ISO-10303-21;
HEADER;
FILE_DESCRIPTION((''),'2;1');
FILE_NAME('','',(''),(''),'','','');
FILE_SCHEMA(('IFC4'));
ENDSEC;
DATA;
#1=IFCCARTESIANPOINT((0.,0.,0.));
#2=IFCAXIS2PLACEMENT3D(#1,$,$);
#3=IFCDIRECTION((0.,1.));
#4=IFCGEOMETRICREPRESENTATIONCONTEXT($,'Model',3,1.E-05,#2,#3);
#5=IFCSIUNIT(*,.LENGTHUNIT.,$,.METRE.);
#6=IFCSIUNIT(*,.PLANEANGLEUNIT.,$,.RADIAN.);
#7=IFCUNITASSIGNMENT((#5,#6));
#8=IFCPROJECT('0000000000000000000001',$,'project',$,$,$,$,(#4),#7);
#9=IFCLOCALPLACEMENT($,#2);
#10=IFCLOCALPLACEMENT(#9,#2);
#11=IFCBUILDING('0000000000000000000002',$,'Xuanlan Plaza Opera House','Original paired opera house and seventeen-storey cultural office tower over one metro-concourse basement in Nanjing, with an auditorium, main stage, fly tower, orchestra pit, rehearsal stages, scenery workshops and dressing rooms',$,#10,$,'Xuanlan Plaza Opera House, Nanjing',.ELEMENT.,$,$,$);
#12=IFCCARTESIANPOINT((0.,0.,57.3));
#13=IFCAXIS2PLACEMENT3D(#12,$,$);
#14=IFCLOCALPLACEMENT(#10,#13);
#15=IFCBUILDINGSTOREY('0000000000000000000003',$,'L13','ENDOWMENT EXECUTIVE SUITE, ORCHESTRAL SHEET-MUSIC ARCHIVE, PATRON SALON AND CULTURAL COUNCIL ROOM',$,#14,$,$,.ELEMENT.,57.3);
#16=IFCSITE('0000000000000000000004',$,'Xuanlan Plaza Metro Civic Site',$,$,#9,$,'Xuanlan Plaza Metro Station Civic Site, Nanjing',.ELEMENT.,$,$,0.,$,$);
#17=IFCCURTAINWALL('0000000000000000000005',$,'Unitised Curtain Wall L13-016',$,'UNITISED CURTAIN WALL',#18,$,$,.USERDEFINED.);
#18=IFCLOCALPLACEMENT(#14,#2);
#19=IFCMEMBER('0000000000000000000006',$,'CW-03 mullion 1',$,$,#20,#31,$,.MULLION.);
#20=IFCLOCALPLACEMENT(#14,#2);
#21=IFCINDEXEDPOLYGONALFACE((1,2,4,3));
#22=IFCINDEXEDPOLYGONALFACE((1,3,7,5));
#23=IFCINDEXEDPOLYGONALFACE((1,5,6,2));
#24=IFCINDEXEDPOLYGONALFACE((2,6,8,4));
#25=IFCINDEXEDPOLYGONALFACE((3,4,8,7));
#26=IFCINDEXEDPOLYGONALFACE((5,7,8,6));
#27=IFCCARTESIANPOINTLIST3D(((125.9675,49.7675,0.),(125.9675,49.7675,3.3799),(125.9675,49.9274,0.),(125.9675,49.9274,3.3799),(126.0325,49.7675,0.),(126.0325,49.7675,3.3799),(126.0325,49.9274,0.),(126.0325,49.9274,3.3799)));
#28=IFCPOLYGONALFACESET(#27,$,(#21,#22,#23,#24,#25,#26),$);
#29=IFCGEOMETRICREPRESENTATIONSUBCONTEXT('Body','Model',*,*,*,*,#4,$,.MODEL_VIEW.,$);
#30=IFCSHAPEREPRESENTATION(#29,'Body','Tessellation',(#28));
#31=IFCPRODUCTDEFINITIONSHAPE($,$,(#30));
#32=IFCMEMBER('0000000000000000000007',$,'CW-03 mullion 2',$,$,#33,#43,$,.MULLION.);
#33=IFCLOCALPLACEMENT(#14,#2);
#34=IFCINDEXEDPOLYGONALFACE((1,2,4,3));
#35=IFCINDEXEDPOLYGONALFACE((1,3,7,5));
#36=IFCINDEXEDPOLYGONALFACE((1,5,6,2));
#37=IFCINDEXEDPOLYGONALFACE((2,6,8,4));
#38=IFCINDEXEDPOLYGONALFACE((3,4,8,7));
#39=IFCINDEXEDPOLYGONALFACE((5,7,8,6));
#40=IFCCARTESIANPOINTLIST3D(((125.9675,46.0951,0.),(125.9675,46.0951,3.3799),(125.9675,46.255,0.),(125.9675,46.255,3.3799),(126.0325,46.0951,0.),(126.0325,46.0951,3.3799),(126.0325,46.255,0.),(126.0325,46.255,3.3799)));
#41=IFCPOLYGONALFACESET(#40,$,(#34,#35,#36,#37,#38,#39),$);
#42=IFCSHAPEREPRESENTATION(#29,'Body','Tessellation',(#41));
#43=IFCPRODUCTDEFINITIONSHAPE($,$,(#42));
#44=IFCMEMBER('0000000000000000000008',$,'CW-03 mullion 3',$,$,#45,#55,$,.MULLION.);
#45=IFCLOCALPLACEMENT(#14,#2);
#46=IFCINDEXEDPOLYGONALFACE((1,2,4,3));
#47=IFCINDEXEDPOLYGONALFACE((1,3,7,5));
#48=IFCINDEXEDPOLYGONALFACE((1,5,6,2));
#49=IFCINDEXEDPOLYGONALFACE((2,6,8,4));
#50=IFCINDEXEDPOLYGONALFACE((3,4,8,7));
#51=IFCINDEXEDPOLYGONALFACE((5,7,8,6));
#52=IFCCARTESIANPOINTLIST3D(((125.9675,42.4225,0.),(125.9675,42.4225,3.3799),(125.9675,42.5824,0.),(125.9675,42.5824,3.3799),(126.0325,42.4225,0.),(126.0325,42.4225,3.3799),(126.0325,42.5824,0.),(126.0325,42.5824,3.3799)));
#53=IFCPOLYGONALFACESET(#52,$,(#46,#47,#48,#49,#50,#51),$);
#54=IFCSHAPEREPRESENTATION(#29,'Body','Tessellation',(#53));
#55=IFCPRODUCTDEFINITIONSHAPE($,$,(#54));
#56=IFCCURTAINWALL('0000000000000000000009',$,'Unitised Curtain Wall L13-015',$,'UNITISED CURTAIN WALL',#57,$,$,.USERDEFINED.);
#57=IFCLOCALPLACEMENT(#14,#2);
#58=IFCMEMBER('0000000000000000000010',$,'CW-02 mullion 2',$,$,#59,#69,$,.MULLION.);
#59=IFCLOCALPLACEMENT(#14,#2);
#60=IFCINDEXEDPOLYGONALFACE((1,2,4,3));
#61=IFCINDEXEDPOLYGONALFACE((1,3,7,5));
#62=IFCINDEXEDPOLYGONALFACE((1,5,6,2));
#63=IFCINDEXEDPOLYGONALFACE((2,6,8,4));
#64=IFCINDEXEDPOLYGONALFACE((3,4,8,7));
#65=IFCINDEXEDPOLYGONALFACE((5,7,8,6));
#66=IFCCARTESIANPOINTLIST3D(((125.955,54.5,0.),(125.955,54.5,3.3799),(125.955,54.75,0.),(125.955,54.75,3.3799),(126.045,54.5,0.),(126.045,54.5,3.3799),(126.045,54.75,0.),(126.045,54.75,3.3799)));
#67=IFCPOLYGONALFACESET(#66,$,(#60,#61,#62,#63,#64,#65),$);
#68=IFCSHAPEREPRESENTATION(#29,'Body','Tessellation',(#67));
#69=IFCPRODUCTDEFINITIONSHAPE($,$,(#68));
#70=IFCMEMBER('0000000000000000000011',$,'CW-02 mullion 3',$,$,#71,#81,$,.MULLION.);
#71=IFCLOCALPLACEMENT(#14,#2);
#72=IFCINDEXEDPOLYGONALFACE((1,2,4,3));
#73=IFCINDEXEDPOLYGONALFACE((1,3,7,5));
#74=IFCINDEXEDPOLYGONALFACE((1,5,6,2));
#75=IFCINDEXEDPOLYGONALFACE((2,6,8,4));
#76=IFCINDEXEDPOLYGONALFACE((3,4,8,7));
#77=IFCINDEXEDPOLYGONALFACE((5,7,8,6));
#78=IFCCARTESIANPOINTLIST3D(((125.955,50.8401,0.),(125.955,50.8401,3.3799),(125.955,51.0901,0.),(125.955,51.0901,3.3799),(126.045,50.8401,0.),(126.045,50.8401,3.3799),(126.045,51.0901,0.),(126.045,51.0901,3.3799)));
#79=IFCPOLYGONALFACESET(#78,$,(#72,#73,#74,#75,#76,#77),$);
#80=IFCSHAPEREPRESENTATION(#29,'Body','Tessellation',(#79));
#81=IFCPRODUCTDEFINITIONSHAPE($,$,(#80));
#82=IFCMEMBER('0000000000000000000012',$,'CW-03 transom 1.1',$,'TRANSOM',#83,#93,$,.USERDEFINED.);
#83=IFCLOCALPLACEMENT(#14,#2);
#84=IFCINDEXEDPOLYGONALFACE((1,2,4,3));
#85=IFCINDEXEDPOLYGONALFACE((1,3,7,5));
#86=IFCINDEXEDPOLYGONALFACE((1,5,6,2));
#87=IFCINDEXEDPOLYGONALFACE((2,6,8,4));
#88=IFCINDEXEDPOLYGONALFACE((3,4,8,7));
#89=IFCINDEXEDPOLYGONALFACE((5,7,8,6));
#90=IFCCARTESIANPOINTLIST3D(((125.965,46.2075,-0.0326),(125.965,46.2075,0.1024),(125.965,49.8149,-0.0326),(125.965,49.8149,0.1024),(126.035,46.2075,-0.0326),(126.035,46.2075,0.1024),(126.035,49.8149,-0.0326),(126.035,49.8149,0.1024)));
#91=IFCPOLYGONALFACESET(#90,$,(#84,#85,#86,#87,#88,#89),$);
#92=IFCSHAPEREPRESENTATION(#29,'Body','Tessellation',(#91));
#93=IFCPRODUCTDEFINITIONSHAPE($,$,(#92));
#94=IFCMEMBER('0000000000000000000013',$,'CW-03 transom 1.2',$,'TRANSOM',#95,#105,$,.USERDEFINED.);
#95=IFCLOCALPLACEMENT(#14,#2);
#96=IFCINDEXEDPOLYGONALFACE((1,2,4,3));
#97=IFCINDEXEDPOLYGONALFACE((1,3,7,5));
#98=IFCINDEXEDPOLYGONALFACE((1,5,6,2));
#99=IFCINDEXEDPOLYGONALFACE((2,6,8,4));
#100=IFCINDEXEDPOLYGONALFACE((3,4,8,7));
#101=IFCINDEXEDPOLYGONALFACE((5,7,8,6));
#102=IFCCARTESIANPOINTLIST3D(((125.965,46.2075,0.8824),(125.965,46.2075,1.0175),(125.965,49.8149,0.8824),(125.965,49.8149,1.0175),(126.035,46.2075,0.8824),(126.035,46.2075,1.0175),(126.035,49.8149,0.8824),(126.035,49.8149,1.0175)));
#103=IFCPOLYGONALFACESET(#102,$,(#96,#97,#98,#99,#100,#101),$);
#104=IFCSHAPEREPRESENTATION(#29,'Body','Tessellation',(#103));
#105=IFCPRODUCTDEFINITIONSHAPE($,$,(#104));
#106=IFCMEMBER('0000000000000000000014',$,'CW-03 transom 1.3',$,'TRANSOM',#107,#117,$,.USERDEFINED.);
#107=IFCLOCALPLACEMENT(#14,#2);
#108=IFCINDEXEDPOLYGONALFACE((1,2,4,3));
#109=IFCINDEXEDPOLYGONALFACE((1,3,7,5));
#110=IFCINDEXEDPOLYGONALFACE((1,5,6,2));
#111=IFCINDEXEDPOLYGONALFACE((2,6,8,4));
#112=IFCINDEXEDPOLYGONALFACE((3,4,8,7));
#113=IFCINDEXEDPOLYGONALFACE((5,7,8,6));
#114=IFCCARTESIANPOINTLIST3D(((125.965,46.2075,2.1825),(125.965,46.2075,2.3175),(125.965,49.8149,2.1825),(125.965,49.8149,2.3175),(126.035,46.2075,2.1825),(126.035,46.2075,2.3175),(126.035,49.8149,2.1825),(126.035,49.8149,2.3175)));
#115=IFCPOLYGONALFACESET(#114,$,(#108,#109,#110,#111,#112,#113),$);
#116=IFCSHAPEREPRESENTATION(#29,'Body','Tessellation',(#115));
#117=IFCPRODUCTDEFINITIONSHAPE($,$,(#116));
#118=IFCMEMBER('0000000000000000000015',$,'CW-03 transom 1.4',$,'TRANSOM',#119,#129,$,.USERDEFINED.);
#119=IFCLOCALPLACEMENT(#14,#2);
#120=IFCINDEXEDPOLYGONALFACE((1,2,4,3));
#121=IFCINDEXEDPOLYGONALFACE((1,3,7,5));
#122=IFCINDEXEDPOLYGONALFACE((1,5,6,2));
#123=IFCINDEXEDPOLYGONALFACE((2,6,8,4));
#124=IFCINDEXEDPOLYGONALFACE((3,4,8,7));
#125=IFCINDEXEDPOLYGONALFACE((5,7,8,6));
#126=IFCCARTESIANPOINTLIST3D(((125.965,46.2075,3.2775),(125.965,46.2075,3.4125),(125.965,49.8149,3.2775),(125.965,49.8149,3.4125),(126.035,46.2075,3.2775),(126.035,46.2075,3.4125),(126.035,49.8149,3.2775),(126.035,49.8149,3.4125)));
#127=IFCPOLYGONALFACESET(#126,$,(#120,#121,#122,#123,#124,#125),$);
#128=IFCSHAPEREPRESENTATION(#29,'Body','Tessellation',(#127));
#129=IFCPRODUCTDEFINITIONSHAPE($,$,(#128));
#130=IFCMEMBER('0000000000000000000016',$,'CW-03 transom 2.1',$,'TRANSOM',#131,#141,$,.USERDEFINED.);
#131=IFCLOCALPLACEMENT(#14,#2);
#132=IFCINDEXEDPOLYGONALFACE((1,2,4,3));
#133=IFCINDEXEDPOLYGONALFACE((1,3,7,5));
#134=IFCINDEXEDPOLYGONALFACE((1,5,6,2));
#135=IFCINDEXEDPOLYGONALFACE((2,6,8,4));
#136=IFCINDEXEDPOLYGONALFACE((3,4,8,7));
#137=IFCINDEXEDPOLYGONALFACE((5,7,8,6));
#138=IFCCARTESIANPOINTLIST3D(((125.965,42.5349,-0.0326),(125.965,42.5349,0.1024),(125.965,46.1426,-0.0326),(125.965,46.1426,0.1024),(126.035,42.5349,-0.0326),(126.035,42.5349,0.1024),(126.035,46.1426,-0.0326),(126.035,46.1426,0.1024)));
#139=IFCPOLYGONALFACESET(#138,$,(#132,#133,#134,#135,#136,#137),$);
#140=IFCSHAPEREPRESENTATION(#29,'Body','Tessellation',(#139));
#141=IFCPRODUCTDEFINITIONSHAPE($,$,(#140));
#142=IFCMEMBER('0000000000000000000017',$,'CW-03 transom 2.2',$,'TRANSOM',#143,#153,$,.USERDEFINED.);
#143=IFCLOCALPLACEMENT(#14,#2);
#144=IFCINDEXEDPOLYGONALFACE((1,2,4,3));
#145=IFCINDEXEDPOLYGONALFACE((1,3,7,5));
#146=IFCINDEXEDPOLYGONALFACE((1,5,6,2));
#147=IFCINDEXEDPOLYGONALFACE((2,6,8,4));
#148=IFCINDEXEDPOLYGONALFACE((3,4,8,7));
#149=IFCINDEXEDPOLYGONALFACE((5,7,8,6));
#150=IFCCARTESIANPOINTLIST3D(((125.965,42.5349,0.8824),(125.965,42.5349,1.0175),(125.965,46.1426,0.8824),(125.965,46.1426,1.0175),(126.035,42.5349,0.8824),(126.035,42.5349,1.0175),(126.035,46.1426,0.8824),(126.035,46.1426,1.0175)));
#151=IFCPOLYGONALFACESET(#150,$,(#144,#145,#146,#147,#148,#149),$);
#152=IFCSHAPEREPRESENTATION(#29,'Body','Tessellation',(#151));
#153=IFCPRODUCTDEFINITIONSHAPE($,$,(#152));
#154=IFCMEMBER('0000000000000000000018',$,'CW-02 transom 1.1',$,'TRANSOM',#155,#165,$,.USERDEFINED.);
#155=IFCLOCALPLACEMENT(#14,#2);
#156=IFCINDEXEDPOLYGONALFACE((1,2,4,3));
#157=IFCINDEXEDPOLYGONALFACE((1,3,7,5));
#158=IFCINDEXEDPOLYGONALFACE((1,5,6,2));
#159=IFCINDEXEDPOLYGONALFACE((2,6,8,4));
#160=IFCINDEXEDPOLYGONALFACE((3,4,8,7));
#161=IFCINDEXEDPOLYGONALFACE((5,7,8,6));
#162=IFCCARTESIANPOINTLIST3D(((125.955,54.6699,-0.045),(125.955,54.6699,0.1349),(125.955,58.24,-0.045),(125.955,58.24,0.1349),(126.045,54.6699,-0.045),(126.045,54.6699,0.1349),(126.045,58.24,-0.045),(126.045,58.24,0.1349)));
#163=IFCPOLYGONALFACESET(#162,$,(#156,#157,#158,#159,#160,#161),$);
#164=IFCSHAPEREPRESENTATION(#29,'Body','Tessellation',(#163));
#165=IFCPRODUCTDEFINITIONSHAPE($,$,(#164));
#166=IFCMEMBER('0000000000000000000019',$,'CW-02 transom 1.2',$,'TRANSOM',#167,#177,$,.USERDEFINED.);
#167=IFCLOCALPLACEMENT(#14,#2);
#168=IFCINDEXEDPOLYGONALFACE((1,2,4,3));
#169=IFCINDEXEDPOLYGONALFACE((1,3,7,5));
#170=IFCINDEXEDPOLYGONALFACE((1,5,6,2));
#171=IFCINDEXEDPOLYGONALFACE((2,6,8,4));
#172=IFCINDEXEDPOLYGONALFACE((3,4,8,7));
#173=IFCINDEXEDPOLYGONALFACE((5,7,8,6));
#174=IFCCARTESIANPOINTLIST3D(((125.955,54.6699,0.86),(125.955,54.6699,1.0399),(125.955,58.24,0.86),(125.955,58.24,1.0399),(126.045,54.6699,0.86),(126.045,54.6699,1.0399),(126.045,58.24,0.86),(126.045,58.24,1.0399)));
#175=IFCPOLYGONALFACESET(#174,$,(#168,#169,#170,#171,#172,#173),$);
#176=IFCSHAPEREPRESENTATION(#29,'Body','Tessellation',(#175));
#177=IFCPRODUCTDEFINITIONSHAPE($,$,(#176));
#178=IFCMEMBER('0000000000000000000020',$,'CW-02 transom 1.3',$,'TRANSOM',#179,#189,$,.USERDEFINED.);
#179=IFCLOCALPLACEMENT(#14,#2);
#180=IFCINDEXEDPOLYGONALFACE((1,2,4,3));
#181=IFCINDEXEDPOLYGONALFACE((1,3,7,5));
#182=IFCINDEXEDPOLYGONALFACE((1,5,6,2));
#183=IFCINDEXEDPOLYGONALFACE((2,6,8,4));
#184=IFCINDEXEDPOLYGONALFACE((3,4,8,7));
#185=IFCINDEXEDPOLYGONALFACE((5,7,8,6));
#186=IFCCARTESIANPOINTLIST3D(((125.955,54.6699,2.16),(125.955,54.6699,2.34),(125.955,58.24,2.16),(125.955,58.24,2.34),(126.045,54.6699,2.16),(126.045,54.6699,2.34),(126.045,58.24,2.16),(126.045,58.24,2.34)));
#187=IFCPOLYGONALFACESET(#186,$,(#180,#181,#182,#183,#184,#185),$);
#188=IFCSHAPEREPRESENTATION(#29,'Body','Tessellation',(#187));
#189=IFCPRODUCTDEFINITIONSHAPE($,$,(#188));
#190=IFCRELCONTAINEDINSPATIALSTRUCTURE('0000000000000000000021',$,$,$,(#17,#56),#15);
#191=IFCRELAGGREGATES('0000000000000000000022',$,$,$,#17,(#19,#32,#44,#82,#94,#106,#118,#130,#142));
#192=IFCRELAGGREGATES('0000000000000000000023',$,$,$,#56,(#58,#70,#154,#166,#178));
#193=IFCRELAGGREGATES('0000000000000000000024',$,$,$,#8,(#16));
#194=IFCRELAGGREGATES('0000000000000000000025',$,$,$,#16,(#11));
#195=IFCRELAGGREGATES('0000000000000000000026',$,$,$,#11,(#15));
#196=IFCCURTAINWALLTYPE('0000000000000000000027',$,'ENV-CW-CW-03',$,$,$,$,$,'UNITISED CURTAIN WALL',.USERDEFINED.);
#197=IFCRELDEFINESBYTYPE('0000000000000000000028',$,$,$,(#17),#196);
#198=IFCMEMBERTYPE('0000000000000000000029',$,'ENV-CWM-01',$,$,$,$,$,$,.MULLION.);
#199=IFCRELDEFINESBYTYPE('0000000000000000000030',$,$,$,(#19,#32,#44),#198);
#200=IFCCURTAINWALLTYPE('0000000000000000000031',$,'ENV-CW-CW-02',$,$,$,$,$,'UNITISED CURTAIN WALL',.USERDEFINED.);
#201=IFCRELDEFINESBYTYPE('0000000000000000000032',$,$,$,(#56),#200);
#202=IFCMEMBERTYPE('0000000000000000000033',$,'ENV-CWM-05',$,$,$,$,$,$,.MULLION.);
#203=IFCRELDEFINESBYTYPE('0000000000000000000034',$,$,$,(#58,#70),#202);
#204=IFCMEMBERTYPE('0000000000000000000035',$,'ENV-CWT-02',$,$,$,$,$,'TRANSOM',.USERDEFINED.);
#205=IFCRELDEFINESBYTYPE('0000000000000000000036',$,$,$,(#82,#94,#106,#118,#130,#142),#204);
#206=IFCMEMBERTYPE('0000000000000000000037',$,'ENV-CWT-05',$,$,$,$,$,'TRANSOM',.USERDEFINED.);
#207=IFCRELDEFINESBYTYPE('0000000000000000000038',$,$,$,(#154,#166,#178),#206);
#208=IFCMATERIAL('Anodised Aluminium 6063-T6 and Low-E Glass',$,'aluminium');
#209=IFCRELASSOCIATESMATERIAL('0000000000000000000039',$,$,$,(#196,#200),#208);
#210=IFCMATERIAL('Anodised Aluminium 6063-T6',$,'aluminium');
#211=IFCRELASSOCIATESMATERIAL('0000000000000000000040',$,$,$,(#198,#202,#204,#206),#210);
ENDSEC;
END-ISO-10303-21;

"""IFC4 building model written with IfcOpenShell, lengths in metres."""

from ifc_helpers import new_model, si_unit, direction, frame, origin, origin_2d, place, context, subcontext, project, spatial, rectangle, extrude, material, material_profile, profile_set, type_object, element, aggregate, save


model = new_model("IFC4")

# Units and contexts
model_context = context("Model", 3, precision=1e-05, world=origin(), true_north=direction((0.0, 1.0)))
body_context = subcontext(model_context, "Body", "Model", "MODEL_VIEW")
ifc_project = project(units=[si_unit("LENGTHUNIT", "METRE"), si_unit("PLANEANGLEUNIT", "RADIAN")], contexts=[model_context])

# Site, building, storey
site_placement = place(None, origin())
site = spatial("IfcSite", under=ifc_project, at=site_placement, Name="Xuanlan Plaza Metro Civic Site", LongName="Xuanlan Plaza Metro Station Civic Site, Nanjing", CompositionType="ELEMENT", RefElevation=0.0)
building_placement = place(site_placement, origin())
building = spatial("IfcBuilding", under=site, at=building_placement, Name="Xuanlan Plaza Opera House", Description="Original paired opera house and seventeen-storey cultural office tower over one metro-concourse basement in Nanjing, with an auditorium, main stage, fly tower, orchestra pit, rehearsal stages, scenery workshops and dressing rooms", LongName="Xuanlan Plaza Opera House, Nanjing", CompositionType="ELEMENT")
storey_placement = place(building_placement, frame((0.0, 0.0, 57.3)))
storey = spatial("IfcBuildingStorey", under=building, at=storey_placement, Name="L13", Description="ENDOWMENT EXECUTIVE SUITE, ORCHESTRAL SHEET-MUSIC ARCHIVE, PATRON SALON AND CULTURAL COUNCIL ROOM", CompositionType="ELEMENT", Elevation=57.3)

# Curtain walls, members
ifc_material_1 = material(Name="Anodised Aluminium 6063-T6 and Low-E Glass", Category="aluminium")
curtain_wall_type_1 = type_object("IfcCurtainWallType", Name="ENV-CW-CW-03", ElementType="UNITISED CURTAIN WALL", PredefinedType="USERDEFINED", material=ifc_material_1)
curtain_wall_1_placement = place(storey_placement, origin())
curtain_wall_1 = element("IfcCurtainWall", 1, at=curtain_wall_1_placement, inside=storey, type_object=curtain_wall_type_1, Name="Unitised Curtain Wall L13-016", ObjectType="UNITISED CURTAIN WALL", PredefinedType="USERDEFINED")
ifc_material_2 = material(Name="Anodised Aluminium 6063-T6", Category="aluminium")
ifc_material_profile_1 = material_profile(ifc_material_2, rectangle(XDim=0.0649, YDim=0.1599, at=origin_2d()), Name="ALU-M 65x160")
ifc_profile_set_1 = profile_set([ifc_material_profile_1], Name="Anodised Aluminium 6063-T6")
member_type_1 = type_object("IfcMemberType", Name="ENV-CWM-01", PredefinedType="MULLION", material=ifc_profile_set_1)
member_1_placement = place(storey_placement, frame((126.0, 49.8474, 0.0), z_axis=(0.0, 0.0, 1.0), x_axis=(1.0, 0.0, 0.0)))
member_1 = element("IfcMember", 2, at=member_1_placement, type_object=member_type_1, Name="CW-03 mullion 1", PredefinedType="MULLION", context=body_context, shape_type="SweptSolid", body=[
    extrude(rectangle(XDim=0.0649, YDim=0.1599, at=origin_2d()), origin(), (0.0, 0.0, 1.0), 3.3799),
])
member_2_placement = place(storey_placement, frame((126.0, 46.175, 0.0), z_axis=(0.0, 0.0, 1.0), x_axis=(1.0, 0.0, 0.0)))
member_2 = element("IfcMember", 3, at=member_2_placement, type_object=member_type_1, Name="CW-03 mullion 2", PredefinedType="MULLION", context=body_context, shape_type="SweptSolid", body=[
    extrude(rectangle(XDim=0.0649, YDim=0.1599, at=origin_2d()), origin(), (0.0, 0.0, 1.0), 3.3799),
])
member_3_placement = place(storey_placement, frame((126.0, 42.5024, 0.0), z_axis=(0.0, 0.0, 1.0), x_axis=(1.0, 0.0, 0.0)))
member_3 = element("IfcMember", 4, at=member_3_placement, type_object=member_type_1, Name="CW-03 mullion 3", PredefinedType="MULLION", context=body_context, shape_type="SweptSolid", body=[
    extrude(rectangle(XDim=0.0649, YDim=0.1599, at=origin_2d()), origin(), (0.0, 0.0, 1.0), 3.3799),
])
curtain_wall_type_2 = type_object("IfcCurtainWallType", Name="ENV-CW-CW-02", ElementType="UNITISED CURTAIN WALL", PredefinedType="USERDEFINED", material=ifc_material_1)
curtain_wall_2_placement = place(storey_placement, origin())
curtain_wall_2 = element("IfcCurtainWall", 5, at=curtain_wall_2_placement, inside=storey, type_object=curtain_wall_type_2, Name="Unitised Curtain Wall L13-015", ObjectType="UNITISED CURTAIN WALL", PredefinedType="USERDEFINED")
ifc_material_profile_2 = material_profile(ifc_material_2, rectangle(XDim=0.0901, YDim=0.25, at=origin_2d()), Name="ALU-M 90x250")
ifc_profile_set_2 = profile_set([ifc_material_profile_2], Name="Anodised Aluminium 6063-T6")
member_type_2 = type_object("IfcMemberType", Name="ENV-CWM-05", PredefinedType="MULLION", material=ifc_profile_set_2)
member_4_placement = place(storey_placement, frame((126.0, 54.625, 0.0), z_axis=(0.0, 0.0, 1.0), x_axis=(1.0, 0.0, 0.0)))
member_4 = element("IfcMember", 6, at=member_4_placement, type_object=member_type_2, Name="CW-02 mullion 2", PredefinedType="MULLION", context=body_context, shape_type="SweptSolid", body=[
    extrude(rectangle(XDim=0.0901, YDim=0.25, at=origin_2d()), origin(), (0.0, 0.0, 1.0), 3.3799),
])
member_5_placement = place(storey_placement, frame((126.0, 50.9651, 0.0), z_axis=(0.0, 0.0, 1.0), x_axis=(1.0, 0.0, 0.0)))
member_5 = element("IfcMember", 7, at=member_5_placement, type_object=member_type_2, Name="CW-02 mullion 3", PredefinedType="MULLION", context=body_context, shape_type="SweptSolid", body=[
    extrude(rectangle(XDim=0.0901, YDim=0.25, at=origin_2d()), origin(), (0.0, 0.0, 1.0), 3.3799),
])

# Members
ifc_material_profile_3 = material_profile(ifc_material_2, rectangle(XDim=0.0701, YDim=0.135, at=origin_2d()), Name="ALU-T 70x135")
ifc_profile_set_3 = profile_set([ifc_material_profile_3], Name="Anodised Aluminium 6063-T6")
member_type_3 = type_object("IfcMemberType", Name="ENV-CWT-02", ElementType="TRANSOM", PredefinedType="USERDEFINED", material=ifc_profile_set_3)
member_6_placement = place(storey_placement, frame((126.0, 49.8149, 0.0349), z_axis=(0.0, -1.0, 0.0), x_axis=(1.0, 0.0, 0.0)))
member_6 = element("IfcMember", 8, at=member_6_placement, type_object=member_type_3, Name="CW-03 transom 1.1", ObjectType="TRANSOM", PredefinedType="USERDEFINED", context=body_context, shape_type="SweptSolid", body=[
    extrude(rectangle(XDim=0.0701, YDim=0.135, at=origin_2d()), origin(), (0.0, 0.0, 1.0), 3.6074),
])
member_7_placement = place(storey_placement, frame((126.0, 49.8149, 0.95), z_axis=(0.0, -1.0, 0.0), x_axis=(1.0, 0.0, 0.0)))
member_7 = element("IfcMember", 9, at=member_7_placement, type_object=member_type_3, Name="CW-03 transom 1.2", ObjectType="TRANSOM", PredefinedType="USERDEFINED", context=body_context, shape_type="SweptSolid", body=[
    extrude(rectangle(XDim=0.0701, YDim=0.135, at=origin_2d()), origin(), (0.0, 0.0, 1.0), 3.6074),
])
member_8_placement = place(storey_placement, frame((126.0, 49.8149, 2.25), z_axis=(0.0, -1.0, 0.0), x_axis=(1.0, 0.0, 0.0)))
member_8 = element("IfcMember", 10, at=member_8_placement, type_object=member_type_3, Name="CW-03 transom 1.3", ObjectType="TRANSOM", PredefinedType="USERDEFINED", context=body_context, shape_type="SweptSolid", body=[
    extrude(rectangle(XDim=0.0701, YDim=0.135, at=origin_2d()), origin(), (0.0, 0.0, 1.0), 3.6074),
])
member_9_placement = place(storey_placement, frame((126.0, 49.8149, 3.345), z_axis=(0.0, -1.0, 0.0), x_axis=(1.0, 0.0, 0.0)))
member_9 = element("IfcMember", 11, at=member_9_placement, type_object=member_type_3, Name="CW-03 transom 1.4", ObjectType="TRANSOM", PredefinedType="USERDEFINED", context=body_context, shape_type="SweptSolid", body=[
    extrude(rectangle(XDim=0.0701, YDim=0.135, at=origin_2d()), origin(), (0.0, 0.0, 1.0), 3.6074),
])
member_10_placement = place(storey_placement, frame((126.0, 46.1426, 0.0349), z_axis=(0.0, -1.0, 0.0), x_axis=(1.0, 0.0, 0.0)))
member_10 = element("IfcMember", 12, at=member_10_placement, type_object=member_type_3, Name="CW-03 transom 2.1", ObjectType="TRANSOM", PredefinedType="USERDEFINED", context=body_context, shape_type="SweptSolid", body=[
    extrude(rectangle(XDim=0.0701, YDim=0.135, at=origin_2d()), origin(), (0.0, 0.0, 1.0), 3.6077),
])
member_11_placement = place(storey_placement, frame((126.0, 46.1426, 0.95), z_axis=(0.0, -1.0, 0.0), x_axis=(1.0, 0.0, 0.0)))
member_11 = element("IfcMember", 13, at=member_11_placement, type_object=member_type_3, Name="CW-03 transom 2.2", ObjectType="TRANSOM", PredefinedType="USERDEFINED", context=body_context, shape_type="SweptSolid", body=[
    extrude(rectangle(XDim=0.0701, YDim=0.135, at=origin_2d()), origin(), (0.0, 0.0, 1.0), 3.6077),
])
ifc_material_profile_4 = material_profile(ifc_material_2, rectangle(XDim=0.0901, YDim=0.1799, at=origin_2d()), Name="ALU-T 90x180")
ifc_profile_set_4 = profile_set([ifc_material_profile_4], Name="Anodised Aluminium 6063-T6")
member_type_4 = type_object("IfcMemberType", Name="ENV-CWT-05", ElementType="TRANSOM", PredefinedType="USERDEFINED", material=ifc_profile_set_4)
member_12_placement = place(storey_placement, frame((126.0, 58.24, 0.0449), z_axis=(0.0, -1.0, 0.0), x_axis=(1.0, 0.0, 0.0)))
member_12 = element("IfcMember", 14, at=member_12_placement, type_object=member_type_4, Name="CW-02 transom 1.1", ObjectType="TRANSOM", PredefinedType="USERDEFINED", context=body_context, shape_type="SweptSolid", body=[
    extrude(rectangle(XDim=0.0901, YDim=0.1799, at=origin_2d()), origin(), (0.0, 0.0, 1.0), 3.5701),
])
member_13_placement = place(storey_placement, frame((126.0, 58.24, 0.95), z_axis=(0.0, -1.0, 0.0), x_axis=(1.0, 0.0, 0.0)))
member_13 = element("IfcMember", 15, at=member_13_placement, type_object=member_type_4, Name="CW-02 transom 1.2", ObjectType="TRANSOM", PredefinedType="USERDEFINED", context=body_context, shape_type="SweptSolid", body=[
    extrude(rectangle(XDim=0.0901, YDim=0.1799, at=origin_2d()), origin(), (0.0, 0.0, 1.0), 3.5701),
])
member_14_placement = place(storey_placement, frame((126.0, 58.24, 2.25), z_axis=(0.0, -1.0, 0.0), x_axis=(1.0, 0.0, 0.0)))
member_14 = element("IfcMember", 16, at=member_14_placement, type_object=member_type_4, Name="CW-02 transom 1.3", ObjectType="TRANSOM", PredefinedType="USERDEFINED", context=body_context, shape_type="SweptSolid", body=[
    extrude(rectangle(XDim=0.0901, YDim=0.1799, at=origin_2d()), origin(), (0.0, 0.0, 1.0), 3.5701),
])

aggregate(curtain_wall_1, [member_1, member_2, member_3, member_6, member_7, member_8, member_9, member_10, member_11])
aggregate(curtain_wall_2, [member_4, member_5, member_12, member_13, member_14])

save(model, "model.ifc")
